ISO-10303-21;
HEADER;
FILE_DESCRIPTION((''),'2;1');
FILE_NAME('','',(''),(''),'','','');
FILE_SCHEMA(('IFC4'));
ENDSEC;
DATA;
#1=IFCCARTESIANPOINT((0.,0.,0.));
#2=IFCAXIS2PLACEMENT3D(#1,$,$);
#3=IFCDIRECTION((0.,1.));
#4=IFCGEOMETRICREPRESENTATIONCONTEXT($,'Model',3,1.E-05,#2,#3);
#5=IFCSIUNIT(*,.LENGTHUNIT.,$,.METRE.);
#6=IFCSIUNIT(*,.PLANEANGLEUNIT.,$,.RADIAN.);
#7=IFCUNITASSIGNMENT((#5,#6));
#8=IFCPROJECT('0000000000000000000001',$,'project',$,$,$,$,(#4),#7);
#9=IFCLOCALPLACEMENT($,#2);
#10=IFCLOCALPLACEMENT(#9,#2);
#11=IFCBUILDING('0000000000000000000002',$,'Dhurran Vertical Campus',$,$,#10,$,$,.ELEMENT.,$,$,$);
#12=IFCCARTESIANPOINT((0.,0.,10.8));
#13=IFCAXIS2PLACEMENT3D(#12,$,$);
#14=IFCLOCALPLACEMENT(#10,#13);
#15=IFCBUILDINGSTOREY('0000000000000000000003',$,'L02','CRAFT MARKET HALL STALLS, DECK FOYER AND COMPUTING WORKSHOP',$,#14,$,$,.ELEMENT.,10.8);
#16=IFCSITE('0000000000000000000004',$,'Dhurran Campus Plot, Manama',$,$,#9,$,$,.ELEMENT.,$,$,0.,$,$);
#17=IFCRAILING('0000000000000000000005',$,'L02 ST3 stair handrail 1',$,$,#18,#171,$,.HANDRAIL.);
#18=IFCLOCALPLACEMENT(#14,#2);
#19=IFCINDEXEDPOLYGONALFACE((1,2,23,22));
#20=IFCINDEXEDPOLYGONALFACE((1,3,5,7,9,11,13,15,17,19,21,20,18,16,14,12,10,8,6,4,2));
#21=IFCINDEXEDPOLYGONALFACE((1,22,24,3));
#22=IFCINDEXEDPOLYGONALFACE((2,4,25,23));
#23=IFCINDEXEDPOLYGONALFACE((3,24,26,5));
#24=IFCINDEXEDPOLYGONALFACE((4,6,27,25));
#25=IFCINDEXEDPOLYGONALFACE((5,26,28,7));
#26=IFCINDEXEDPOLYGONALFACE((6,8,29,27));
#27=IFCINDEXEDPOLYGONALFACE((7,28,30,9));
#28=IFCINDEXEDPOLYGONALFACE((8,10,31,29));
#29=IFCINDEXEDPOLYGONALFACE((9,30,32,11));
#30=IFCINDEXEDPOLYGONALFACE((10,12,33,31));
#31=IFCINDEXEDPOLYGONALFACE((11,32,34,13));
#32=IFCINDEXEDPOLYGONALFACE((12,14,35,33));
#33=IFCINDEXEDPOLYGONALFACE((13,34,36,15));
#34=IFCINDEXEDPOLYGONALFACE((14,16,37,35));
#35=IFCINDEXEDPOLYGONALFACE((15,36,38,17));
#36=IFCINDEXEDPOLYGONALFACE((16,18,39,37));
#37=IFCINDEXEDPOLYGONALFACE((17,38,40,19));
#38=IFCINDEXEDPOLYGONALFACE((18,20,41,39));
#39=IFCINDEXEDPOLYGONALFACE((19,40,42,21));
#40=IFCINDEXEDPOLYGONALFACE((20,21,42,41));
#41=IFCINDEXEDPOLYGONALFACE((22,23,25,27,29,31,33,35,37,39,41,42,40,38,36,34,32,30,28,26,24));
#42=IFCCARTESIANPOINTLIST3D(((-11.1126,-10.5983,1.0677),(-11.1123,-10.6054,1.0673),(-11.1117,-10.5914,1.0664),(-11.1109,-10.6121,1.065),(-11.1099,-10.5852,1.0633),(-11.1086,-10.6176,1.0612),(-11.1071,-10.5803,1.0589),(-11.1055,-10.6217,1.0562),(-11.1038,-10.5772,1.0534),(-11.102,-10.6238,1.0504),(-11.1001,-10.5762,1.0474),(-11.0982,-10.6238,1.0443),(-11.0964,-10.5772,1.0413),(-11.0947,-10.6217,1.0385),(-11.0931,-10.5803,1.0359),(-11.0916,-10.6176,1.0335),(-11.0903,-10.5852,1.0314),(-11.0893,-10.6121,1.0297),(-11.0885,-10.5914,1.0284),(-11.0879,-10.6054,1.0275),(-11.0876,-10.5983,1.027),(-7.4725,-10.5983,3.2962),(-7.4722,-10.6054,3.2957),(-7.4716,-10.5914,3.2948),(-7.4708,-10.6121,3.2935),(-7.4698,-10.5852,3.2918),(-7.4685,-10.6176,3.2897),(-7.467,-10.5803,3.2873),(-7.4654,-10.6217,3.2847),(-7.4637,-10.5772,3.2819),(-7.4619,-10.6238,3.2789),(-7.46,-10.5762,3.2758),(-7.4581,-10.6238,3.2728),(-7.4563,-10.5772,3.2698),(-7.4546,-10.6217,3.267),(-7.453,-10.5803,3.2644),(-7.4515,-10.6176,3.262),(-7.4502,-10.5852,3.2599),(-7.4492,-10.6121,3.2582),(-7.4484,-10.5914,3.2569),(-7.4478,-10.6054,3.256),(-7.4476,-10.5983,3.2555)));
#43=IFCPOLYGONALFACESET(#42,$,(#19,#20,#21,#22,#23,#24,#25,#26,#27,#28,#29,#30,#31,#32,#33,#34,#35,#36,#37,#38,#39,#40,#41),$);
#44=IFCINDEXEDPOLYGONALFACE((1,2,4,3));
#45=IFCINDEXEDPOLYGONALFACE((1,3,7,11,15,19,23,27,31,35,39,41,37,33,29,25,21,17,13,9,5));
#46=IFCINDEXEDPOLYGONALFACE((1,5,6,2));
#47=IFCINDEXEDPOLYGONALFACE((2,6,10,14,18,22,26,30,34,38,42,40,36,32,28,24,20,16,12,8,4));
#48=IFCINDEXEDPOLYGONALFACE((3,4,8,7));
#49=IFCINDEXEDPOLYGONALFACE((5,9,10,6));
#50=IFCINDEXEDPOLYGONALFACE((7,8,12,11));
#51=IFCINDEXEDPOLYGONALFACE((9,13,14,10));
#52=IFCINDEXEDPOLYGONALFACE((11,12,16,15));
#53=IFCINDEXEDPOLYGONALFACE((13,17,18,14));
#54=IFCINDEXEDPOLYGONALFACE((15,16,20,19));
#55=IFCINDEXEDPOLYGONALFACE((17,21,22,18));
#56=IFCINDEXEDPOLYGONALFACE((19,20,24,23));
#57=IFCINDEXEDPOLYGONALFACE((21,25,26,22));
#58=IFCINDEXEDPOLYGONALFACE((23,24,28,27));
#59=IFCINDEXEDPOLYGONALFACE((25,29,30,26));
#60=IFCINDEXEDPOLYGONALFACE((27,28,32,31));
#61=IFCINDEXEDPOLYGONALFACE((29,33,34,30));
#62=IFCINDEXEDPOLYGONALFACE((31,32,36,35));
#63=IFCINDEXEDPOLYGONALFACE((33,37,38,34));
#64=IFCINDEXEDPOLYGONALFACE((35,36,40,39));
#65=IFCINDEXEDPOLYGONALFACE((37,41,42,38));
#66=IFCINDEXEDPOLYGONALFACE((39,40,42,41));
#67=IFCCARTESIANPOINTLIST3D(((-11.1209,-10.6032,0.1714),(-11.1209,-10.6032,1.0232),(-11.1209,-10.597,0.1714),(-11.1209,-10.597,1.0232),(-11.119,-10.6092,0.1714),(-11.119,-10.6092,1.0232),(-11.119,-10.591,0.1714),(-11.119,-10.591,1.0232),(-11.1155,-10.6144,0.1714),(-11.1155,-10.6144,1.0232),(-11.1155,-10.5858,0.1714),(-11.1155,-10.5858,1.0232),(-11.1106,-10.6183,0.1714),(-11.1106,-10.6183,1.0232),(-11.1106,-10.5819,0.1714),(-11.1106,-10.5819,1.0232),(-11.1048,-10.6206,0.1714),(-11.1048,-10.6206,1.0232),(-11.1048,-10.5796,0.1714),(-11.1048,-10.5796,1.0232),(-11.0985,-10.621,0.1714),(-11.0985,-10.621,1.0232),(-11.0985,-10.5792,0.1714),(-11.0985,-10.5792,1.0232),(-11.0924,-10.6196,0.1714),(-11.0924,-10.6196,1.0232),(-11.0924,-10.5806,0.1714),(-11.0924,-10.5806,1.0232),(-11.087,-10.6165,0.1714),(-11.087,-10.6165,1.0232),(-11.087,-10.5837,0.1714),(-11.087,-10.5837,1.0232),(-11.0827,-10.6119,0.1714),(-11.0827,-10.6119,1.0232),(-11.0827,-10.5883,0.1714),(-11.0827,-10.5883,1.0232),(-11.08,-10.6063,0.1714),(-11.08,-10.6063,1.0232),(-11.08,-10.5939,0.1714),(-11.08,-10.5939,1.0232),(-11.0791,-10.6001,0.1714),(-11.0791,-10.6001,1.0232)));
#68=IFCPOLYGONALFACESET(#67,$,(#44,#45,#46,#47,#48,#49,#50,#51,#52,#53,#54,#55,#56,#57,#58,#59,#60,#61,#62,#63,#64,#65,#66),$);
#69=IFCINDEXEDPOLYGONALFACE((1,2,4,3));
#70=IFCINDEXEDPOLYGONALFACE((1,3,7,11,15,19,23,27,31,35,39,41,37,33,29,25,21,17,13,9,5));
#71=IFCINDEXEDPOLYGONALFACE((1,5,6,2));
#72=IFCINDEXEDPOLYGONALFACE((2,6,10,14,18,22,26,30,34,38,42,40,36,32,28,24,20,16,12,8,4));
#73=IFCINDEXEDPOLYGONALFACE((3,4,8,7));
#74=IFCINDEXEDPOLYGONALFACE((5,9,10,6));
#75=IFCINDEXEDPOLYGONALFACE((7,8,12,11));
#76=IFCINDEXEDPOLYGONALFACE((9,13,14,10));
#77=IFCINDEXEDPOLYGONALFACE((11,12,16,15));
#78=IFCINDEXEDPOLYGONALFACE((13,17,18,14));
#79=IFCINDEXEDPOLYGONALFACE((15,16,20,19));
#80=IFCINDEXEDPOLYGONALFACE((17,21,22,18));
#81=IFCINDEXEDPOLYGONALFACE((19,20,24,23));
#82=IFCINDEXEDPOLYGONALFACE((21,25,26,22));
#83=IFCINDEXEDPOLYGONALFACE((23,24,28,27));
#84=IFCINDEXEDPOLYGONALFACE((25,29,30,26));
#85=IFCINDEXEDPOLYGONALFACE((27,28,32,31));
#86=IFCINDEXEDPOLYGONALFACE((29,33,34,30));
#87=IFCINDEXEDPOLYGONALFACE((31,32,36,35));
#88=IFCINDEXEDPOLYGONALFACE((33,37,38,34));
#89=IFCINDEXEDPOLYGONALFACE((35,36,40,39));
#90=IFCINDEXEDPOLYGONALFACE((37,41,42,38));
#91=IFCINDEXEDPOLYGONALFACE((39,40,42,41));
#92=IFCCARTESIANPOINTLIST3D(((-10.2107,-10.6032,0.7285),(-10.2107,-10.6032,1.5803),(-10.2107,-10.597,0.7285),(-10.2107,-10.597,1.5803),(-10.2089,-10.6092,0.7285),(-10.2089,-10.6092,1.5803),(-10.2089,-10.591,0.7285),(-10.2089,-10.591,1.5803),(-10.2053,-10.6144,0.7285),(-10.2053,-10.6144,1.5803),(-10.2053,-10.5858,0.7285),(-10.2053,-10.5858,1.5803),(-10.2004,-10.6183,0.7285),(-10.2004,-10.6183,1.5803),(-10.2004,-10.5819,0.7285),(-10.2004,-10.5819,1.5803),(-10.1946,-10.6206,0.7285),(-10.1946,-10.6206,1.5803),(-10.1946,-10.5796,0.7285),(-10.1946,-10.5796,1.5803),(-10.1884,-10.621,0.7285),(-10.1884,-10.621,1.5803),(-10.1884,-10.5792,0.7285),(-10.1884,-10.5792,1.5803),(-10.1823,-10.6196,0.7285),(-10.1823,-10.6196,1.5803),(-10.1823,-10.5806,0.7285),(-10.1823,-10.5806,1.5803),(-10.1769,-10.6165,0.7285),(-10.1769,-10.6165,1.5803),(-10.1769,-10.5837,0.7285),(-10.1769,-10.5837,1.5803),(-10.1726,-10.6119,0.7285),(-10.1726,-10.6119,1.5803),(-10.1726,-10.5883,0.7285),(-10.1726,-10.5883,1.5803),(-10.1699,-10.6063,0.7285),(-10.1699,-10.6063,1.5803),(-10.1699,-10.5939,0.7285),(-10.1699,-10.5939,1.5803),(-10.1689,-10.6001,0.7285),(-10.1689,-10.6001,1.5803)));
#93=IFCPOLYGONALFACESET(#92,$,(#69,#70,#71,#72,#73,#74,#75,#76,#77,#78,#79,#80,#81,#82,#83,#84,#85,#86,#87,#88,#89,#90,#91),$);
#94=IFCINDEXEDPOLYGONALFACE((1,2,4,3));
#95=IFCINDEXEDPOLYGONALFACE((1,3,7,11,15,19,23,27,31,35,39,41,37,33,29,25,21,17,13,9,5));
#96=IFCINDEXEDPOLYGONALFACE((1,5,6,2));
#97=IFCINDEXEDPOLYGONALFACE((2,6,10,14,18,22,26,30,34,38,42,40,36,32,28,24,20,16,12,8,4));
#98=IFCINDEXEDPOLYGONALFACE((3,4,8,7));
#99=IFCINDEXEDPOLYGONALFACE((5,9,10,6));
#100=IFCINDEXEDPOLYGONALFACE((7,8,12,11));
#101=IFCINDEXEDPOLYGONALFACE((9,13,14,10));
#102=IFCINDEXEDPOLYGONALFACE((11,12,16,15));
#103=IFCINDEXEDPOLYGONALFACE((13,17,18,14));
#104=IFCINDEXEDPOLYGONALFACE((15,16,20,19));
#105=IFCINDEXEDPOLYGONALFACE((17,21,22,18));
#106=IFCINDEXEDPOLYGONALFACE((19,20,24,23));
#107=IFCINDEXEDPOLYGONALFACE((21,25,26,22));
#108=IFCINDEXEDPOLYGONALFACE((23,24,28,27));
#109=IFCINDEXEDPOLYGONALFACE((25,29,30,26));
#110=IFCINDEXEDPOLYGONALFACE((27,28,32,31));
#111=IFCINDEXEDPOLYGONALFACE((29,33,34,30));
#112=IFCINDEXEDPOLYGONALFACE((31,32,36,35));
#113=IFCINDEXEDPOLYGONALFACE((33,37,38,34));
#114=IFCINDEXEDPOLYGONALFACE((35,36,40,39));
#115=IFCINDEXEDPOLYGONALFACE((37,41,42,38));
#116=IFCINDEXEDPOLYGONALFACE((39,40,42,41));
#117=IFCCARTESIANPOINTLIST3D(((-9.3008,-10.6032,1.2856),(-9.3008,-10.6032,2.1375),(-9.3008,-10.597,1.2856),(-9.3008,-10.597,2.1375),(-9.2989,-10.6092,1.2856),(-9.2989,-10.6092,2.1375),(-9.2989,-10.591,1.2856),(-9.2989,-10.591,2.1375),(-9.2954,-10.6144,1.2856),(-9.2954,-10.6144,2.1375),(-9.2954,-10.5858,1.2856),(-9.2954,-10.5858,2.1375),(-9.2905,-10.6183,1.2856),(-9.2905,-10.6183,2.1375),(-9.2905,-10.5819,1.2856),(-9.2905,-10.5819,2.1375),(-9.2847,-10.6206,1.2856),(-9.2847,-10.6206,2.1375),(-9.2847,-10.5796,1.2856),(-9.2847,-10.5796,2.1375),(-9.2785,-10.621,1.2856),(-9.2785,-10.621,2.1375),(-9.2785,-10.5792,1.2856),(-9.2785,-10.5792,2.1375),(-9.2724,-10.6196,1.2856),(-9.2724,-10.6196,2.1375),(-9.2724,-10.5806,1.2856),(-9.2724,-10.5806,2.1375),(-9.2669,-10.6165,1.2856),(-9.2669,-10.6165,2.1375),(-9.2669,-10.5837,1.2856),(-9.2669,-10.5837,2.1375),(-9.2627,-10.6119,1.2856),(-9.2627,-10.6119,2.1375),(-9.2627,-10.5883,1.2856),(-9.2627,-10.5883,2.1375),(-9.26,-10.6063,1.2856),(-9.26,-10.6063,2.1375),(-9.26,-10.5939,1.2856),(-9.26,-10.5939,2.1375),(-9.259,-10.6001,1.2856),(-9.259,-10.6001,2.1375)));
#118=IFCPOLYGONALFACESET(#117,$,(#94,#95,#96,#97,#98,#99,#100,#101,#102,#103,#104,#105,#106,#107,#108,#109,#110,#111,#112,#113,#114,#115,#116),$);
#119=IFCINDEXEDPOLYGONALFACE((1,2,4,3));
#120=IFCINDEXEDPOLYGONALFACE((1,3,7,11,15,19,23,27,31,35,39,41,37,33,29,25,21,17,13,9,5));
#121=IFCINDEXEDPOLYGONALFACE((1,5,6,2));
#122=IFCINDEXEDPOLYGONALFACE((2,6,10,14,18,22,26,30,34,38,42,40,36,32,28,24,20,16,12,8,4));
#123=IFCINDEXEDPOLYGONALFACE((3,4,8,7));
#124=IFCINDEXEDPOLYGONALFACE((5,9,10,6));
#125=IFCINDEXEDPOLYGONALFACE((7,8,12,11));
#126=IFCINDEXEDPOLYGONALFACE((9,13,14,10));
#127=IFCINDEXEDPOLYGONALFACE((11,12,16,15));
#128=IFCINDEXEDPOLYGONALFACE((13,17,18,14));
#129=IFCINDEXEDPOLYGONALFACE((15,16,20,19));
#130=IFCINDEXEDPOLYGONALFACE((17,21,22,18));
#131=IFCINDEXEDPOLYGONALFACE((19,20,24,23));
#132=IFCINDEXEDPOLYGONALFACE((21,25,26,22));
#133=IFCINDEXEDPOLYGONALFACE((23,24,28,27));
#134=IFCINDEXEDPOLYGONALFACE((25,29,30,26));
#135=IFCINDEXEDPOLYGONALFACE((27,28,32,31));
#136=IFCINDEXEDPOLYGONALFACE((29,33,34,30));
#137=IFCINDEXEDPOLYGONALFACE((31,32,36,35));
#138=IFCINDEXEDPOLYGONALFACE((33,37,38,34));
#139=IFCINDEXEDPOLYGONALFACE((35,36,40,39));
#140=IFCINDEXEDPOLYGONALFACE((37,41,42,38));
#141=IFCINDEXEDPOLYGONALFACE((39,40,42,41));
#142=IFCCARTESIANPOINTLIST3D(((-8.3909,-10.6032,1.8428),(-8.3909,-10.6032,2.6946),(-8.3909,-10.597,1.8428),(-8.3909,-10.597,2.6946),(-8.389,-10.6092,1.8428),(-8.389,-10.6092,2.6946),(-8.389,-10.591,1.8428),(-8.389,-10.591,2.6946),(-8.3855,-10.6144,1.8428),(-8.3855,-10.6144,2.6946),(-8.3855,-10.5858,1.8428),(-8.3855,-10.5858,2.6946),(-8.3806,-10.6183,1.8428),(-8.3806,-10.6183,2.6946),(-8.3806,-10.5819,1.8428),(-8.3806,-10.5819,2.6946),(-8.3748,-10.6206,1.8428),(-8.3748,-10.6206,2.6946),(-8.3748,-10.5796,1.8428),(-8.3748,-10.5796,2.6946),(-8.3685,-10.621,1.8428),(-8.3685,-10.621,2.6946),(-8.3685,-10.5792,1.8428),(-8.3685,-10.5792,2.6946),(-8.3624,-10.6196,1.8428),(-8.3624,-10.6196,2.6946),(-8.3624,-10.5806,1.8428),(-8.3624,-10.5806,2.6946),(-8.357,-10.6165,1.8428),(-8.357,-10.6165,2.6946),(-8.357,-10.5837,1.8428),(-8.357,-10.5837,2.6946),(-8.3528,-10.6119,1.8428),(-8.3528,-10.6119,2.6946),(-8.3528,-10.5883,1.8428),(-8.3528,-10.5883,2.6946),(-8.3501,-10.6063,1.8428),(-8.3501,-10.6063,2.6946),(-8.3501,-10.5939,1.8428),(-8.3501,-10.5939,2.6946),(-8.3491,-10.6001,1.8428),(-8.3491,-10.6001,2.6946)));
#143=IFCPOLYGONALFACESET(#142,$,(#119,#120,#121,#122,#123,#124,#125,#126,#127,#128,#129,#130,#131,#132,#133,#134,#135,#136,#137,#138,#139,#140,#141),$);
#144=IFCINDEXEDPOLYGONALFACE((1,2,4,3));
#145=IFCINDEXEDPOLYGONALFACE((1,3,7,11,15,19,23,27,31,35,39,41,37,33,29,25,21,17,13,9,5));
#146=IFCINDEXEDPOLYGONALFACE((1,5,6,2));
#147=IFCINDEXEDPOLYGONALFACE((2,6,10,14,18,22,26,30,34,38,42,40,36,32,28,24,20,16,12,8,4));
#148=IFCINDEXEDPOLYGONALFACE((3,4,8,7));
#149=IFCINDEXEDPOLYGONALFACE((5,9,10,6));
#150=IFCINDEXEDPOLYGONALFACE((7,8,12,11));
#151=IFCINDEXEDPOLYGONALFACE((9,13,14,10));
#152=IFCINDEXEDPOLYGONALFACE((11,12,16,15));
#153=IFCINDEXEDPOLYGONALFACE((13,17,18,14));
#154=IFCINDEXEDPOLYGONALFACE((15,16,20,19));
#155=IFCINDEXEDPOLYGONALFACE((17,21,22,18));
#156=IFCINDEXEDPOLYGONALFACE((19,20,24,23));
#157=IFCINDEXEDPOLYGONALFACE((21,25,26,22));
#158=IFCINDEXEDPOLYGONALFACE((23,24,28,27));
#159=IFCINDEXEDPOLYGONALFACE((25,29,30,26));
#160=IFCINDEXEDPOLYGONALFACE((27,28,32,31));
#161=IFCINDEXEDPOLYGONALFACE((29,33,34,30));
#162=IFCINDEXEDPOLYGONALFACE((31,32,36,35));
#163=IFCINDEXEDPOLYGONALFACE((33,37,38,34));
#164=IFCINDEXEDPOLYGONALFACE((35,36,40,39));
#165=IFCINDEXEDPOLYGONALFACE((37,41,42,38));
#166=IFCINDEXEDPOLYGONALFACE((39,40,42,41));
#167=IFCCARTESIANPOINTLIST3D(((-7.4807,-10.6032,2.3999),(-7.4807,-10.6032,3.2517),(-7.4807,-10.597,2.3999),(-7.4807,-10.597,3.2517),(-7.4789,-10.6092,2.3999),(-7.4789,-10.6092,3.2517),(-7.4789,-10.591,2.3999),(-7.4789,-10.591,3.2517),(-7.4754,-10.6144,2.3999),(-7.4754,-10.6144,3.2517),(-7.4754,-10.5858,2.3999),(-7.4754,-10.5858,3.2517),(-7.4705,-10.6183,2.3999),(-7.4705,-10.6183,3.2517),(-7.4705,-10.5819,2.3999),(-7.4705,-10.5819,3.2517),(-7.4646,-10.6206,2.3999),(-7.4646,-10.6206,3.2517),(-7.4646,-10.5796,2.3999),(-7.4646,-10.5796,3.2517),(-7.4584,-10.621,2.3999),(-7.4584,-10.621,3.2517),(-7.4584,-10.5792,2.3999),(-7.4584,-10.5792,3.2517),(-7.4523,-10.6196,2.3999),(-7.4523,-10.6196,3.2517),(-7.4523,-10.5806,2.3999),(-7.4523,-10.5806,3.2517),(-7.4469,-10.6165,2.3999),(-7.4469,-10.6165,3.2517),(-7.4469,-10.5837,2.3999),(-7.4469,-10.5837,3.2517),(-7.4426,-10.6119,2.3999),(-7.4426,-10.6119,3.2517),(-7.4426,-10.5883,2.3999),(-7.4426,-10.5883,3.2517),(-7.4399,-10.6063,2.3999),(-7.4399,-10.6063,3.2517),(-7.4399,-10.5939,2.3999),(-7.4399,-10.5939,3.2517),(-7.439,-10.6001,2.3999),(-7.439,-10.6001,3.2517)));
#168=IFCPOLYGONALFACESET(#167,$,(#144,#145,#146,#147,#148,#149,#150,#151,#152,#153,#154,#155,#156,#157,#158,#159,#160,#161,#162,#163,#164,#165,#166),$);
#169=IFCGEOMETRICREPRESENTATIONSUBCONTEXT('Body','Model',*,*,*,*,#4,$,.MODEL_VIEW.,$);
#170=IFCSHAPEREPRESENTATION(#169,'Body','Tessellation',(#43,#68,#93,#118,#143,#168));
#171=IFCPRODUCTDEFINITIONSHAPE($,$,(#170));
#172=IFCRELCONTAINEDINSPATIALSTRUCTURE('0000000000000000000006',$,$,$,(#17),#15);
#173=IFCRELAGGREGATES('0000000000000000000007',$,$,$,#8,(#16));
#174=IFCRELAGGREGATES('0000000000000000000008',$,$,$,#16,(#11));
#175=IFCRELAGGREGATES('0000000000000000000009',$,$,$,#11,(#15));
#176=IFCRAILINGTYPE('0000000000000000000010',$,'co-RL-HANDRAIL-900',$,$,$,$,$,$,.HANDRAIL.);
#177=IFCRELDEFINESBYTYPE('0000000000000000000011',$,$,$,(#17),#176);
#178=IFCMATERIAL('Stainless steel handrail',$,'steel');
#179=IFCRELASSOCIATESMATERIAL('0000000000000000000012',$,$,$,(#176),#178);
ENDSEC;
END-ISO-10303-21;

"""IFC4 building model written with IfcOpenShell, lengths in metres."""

from ifc_helpers import new_model, si_unit, direction, frame, origin, origin_2d, place, context, subcontext, project, spatial, circle, extrude, material, type_object, element, save


model = new_model("IFC4")

# Units and contexts
model_context = context("Model", 3, precision=1e-05, world=origin(), true_north=direction((0.0, 1.0)))
body_context = subcontext(model_context, "Body", "Model", "MODEL_VIEW")
ifc_project = project(units=[si_unit("LENGTHUNIT", "METRE"), si_unit("PLANEANGLEUNIT", "RADIAN")], contexts=[model_context])

# Site, building, storey
site_placement = place(None, origin())
site = spatial("IfcSite", under=ifc_project, at=site_placement, Name="Dhurran Campus Plot, Manama", CompositionType="ELEMENT", RefElevation=0.0)
building_placement = place(site_placement, origin())
building = spatial("IfcBuilding", under=site, at=building_placement, Name="Dhurran Vertical Campus", CompositionType="ELEMENT")
storey_placement = place(building_placement, frame((0.0, 0.0, 10.8)))
storey = spatial("IfcBuildingStorey", under=building, at=storey_placement, Name="L02", Description="CRAFT MARKET HALL STALLS, DECK FOYER AND COMPUTING WORKSHOP", CompositionType="ELEMENT", Elevation=10.8)

# Railing
ifc_material_1 = material(Name="Stainless steel handrail", Category="steel")
railing_type_1 = type_object("IfcRailingType", Name="co-RL-HANDRAIL-900", PredefinedType="HANDRAIL", material=ifc_material_1)
railing_1_placement = place(storey_placement, frame((-11.1001, -10.6001, 0.1714)))
element("IfcRailing", 1, at=railing_1_placement, inside=storey, type_object=railing_type_1, Name="L02 ST3 stair handrail 1", PredefinedType="HANDRAIL", context=body_context, shape_type="SweptSolid", body=[
    extrude(circle(Radius=0.0239, at=origin_2d()), frame((0.0, 0.0, 0.876), z_axis=(0.852866, 0.0, 0.52213), x_axis=(0.0, 1.0, 0.0)), (0.0, 0.0, 1.0), 4.2681),
    extrude(circle(Radius=0.021, at=origin_2d()), origin(), (0.0, 0.0, 1.0), 0.8518),
    extrude(circle(Radius=0.021, at=origin_2d()), frame((0.9102, 0.0, 0.5571)), (0.0, 0.0, 1.0), 0.8518),
    extrude(circle(Radius=0.021, at=origin_2d()), frame((1.8201, 0.0, 1.1143)), (0.0, 0.0, 1.0), 0.8518),
    extrude(circle(Radius=0.021, at=origin_2d()), frame((2.73, 0.0, 1.6714)), (0.0, 0.0, 1.0), 0.8518),
    extrude(circle(Radius=0.021, at=origin_2d()), frame((3.6401, 0.0, 2.2285)), (0.0, 0.0, 1.0), 0.8518),
])

save(model, "model.ifc")
